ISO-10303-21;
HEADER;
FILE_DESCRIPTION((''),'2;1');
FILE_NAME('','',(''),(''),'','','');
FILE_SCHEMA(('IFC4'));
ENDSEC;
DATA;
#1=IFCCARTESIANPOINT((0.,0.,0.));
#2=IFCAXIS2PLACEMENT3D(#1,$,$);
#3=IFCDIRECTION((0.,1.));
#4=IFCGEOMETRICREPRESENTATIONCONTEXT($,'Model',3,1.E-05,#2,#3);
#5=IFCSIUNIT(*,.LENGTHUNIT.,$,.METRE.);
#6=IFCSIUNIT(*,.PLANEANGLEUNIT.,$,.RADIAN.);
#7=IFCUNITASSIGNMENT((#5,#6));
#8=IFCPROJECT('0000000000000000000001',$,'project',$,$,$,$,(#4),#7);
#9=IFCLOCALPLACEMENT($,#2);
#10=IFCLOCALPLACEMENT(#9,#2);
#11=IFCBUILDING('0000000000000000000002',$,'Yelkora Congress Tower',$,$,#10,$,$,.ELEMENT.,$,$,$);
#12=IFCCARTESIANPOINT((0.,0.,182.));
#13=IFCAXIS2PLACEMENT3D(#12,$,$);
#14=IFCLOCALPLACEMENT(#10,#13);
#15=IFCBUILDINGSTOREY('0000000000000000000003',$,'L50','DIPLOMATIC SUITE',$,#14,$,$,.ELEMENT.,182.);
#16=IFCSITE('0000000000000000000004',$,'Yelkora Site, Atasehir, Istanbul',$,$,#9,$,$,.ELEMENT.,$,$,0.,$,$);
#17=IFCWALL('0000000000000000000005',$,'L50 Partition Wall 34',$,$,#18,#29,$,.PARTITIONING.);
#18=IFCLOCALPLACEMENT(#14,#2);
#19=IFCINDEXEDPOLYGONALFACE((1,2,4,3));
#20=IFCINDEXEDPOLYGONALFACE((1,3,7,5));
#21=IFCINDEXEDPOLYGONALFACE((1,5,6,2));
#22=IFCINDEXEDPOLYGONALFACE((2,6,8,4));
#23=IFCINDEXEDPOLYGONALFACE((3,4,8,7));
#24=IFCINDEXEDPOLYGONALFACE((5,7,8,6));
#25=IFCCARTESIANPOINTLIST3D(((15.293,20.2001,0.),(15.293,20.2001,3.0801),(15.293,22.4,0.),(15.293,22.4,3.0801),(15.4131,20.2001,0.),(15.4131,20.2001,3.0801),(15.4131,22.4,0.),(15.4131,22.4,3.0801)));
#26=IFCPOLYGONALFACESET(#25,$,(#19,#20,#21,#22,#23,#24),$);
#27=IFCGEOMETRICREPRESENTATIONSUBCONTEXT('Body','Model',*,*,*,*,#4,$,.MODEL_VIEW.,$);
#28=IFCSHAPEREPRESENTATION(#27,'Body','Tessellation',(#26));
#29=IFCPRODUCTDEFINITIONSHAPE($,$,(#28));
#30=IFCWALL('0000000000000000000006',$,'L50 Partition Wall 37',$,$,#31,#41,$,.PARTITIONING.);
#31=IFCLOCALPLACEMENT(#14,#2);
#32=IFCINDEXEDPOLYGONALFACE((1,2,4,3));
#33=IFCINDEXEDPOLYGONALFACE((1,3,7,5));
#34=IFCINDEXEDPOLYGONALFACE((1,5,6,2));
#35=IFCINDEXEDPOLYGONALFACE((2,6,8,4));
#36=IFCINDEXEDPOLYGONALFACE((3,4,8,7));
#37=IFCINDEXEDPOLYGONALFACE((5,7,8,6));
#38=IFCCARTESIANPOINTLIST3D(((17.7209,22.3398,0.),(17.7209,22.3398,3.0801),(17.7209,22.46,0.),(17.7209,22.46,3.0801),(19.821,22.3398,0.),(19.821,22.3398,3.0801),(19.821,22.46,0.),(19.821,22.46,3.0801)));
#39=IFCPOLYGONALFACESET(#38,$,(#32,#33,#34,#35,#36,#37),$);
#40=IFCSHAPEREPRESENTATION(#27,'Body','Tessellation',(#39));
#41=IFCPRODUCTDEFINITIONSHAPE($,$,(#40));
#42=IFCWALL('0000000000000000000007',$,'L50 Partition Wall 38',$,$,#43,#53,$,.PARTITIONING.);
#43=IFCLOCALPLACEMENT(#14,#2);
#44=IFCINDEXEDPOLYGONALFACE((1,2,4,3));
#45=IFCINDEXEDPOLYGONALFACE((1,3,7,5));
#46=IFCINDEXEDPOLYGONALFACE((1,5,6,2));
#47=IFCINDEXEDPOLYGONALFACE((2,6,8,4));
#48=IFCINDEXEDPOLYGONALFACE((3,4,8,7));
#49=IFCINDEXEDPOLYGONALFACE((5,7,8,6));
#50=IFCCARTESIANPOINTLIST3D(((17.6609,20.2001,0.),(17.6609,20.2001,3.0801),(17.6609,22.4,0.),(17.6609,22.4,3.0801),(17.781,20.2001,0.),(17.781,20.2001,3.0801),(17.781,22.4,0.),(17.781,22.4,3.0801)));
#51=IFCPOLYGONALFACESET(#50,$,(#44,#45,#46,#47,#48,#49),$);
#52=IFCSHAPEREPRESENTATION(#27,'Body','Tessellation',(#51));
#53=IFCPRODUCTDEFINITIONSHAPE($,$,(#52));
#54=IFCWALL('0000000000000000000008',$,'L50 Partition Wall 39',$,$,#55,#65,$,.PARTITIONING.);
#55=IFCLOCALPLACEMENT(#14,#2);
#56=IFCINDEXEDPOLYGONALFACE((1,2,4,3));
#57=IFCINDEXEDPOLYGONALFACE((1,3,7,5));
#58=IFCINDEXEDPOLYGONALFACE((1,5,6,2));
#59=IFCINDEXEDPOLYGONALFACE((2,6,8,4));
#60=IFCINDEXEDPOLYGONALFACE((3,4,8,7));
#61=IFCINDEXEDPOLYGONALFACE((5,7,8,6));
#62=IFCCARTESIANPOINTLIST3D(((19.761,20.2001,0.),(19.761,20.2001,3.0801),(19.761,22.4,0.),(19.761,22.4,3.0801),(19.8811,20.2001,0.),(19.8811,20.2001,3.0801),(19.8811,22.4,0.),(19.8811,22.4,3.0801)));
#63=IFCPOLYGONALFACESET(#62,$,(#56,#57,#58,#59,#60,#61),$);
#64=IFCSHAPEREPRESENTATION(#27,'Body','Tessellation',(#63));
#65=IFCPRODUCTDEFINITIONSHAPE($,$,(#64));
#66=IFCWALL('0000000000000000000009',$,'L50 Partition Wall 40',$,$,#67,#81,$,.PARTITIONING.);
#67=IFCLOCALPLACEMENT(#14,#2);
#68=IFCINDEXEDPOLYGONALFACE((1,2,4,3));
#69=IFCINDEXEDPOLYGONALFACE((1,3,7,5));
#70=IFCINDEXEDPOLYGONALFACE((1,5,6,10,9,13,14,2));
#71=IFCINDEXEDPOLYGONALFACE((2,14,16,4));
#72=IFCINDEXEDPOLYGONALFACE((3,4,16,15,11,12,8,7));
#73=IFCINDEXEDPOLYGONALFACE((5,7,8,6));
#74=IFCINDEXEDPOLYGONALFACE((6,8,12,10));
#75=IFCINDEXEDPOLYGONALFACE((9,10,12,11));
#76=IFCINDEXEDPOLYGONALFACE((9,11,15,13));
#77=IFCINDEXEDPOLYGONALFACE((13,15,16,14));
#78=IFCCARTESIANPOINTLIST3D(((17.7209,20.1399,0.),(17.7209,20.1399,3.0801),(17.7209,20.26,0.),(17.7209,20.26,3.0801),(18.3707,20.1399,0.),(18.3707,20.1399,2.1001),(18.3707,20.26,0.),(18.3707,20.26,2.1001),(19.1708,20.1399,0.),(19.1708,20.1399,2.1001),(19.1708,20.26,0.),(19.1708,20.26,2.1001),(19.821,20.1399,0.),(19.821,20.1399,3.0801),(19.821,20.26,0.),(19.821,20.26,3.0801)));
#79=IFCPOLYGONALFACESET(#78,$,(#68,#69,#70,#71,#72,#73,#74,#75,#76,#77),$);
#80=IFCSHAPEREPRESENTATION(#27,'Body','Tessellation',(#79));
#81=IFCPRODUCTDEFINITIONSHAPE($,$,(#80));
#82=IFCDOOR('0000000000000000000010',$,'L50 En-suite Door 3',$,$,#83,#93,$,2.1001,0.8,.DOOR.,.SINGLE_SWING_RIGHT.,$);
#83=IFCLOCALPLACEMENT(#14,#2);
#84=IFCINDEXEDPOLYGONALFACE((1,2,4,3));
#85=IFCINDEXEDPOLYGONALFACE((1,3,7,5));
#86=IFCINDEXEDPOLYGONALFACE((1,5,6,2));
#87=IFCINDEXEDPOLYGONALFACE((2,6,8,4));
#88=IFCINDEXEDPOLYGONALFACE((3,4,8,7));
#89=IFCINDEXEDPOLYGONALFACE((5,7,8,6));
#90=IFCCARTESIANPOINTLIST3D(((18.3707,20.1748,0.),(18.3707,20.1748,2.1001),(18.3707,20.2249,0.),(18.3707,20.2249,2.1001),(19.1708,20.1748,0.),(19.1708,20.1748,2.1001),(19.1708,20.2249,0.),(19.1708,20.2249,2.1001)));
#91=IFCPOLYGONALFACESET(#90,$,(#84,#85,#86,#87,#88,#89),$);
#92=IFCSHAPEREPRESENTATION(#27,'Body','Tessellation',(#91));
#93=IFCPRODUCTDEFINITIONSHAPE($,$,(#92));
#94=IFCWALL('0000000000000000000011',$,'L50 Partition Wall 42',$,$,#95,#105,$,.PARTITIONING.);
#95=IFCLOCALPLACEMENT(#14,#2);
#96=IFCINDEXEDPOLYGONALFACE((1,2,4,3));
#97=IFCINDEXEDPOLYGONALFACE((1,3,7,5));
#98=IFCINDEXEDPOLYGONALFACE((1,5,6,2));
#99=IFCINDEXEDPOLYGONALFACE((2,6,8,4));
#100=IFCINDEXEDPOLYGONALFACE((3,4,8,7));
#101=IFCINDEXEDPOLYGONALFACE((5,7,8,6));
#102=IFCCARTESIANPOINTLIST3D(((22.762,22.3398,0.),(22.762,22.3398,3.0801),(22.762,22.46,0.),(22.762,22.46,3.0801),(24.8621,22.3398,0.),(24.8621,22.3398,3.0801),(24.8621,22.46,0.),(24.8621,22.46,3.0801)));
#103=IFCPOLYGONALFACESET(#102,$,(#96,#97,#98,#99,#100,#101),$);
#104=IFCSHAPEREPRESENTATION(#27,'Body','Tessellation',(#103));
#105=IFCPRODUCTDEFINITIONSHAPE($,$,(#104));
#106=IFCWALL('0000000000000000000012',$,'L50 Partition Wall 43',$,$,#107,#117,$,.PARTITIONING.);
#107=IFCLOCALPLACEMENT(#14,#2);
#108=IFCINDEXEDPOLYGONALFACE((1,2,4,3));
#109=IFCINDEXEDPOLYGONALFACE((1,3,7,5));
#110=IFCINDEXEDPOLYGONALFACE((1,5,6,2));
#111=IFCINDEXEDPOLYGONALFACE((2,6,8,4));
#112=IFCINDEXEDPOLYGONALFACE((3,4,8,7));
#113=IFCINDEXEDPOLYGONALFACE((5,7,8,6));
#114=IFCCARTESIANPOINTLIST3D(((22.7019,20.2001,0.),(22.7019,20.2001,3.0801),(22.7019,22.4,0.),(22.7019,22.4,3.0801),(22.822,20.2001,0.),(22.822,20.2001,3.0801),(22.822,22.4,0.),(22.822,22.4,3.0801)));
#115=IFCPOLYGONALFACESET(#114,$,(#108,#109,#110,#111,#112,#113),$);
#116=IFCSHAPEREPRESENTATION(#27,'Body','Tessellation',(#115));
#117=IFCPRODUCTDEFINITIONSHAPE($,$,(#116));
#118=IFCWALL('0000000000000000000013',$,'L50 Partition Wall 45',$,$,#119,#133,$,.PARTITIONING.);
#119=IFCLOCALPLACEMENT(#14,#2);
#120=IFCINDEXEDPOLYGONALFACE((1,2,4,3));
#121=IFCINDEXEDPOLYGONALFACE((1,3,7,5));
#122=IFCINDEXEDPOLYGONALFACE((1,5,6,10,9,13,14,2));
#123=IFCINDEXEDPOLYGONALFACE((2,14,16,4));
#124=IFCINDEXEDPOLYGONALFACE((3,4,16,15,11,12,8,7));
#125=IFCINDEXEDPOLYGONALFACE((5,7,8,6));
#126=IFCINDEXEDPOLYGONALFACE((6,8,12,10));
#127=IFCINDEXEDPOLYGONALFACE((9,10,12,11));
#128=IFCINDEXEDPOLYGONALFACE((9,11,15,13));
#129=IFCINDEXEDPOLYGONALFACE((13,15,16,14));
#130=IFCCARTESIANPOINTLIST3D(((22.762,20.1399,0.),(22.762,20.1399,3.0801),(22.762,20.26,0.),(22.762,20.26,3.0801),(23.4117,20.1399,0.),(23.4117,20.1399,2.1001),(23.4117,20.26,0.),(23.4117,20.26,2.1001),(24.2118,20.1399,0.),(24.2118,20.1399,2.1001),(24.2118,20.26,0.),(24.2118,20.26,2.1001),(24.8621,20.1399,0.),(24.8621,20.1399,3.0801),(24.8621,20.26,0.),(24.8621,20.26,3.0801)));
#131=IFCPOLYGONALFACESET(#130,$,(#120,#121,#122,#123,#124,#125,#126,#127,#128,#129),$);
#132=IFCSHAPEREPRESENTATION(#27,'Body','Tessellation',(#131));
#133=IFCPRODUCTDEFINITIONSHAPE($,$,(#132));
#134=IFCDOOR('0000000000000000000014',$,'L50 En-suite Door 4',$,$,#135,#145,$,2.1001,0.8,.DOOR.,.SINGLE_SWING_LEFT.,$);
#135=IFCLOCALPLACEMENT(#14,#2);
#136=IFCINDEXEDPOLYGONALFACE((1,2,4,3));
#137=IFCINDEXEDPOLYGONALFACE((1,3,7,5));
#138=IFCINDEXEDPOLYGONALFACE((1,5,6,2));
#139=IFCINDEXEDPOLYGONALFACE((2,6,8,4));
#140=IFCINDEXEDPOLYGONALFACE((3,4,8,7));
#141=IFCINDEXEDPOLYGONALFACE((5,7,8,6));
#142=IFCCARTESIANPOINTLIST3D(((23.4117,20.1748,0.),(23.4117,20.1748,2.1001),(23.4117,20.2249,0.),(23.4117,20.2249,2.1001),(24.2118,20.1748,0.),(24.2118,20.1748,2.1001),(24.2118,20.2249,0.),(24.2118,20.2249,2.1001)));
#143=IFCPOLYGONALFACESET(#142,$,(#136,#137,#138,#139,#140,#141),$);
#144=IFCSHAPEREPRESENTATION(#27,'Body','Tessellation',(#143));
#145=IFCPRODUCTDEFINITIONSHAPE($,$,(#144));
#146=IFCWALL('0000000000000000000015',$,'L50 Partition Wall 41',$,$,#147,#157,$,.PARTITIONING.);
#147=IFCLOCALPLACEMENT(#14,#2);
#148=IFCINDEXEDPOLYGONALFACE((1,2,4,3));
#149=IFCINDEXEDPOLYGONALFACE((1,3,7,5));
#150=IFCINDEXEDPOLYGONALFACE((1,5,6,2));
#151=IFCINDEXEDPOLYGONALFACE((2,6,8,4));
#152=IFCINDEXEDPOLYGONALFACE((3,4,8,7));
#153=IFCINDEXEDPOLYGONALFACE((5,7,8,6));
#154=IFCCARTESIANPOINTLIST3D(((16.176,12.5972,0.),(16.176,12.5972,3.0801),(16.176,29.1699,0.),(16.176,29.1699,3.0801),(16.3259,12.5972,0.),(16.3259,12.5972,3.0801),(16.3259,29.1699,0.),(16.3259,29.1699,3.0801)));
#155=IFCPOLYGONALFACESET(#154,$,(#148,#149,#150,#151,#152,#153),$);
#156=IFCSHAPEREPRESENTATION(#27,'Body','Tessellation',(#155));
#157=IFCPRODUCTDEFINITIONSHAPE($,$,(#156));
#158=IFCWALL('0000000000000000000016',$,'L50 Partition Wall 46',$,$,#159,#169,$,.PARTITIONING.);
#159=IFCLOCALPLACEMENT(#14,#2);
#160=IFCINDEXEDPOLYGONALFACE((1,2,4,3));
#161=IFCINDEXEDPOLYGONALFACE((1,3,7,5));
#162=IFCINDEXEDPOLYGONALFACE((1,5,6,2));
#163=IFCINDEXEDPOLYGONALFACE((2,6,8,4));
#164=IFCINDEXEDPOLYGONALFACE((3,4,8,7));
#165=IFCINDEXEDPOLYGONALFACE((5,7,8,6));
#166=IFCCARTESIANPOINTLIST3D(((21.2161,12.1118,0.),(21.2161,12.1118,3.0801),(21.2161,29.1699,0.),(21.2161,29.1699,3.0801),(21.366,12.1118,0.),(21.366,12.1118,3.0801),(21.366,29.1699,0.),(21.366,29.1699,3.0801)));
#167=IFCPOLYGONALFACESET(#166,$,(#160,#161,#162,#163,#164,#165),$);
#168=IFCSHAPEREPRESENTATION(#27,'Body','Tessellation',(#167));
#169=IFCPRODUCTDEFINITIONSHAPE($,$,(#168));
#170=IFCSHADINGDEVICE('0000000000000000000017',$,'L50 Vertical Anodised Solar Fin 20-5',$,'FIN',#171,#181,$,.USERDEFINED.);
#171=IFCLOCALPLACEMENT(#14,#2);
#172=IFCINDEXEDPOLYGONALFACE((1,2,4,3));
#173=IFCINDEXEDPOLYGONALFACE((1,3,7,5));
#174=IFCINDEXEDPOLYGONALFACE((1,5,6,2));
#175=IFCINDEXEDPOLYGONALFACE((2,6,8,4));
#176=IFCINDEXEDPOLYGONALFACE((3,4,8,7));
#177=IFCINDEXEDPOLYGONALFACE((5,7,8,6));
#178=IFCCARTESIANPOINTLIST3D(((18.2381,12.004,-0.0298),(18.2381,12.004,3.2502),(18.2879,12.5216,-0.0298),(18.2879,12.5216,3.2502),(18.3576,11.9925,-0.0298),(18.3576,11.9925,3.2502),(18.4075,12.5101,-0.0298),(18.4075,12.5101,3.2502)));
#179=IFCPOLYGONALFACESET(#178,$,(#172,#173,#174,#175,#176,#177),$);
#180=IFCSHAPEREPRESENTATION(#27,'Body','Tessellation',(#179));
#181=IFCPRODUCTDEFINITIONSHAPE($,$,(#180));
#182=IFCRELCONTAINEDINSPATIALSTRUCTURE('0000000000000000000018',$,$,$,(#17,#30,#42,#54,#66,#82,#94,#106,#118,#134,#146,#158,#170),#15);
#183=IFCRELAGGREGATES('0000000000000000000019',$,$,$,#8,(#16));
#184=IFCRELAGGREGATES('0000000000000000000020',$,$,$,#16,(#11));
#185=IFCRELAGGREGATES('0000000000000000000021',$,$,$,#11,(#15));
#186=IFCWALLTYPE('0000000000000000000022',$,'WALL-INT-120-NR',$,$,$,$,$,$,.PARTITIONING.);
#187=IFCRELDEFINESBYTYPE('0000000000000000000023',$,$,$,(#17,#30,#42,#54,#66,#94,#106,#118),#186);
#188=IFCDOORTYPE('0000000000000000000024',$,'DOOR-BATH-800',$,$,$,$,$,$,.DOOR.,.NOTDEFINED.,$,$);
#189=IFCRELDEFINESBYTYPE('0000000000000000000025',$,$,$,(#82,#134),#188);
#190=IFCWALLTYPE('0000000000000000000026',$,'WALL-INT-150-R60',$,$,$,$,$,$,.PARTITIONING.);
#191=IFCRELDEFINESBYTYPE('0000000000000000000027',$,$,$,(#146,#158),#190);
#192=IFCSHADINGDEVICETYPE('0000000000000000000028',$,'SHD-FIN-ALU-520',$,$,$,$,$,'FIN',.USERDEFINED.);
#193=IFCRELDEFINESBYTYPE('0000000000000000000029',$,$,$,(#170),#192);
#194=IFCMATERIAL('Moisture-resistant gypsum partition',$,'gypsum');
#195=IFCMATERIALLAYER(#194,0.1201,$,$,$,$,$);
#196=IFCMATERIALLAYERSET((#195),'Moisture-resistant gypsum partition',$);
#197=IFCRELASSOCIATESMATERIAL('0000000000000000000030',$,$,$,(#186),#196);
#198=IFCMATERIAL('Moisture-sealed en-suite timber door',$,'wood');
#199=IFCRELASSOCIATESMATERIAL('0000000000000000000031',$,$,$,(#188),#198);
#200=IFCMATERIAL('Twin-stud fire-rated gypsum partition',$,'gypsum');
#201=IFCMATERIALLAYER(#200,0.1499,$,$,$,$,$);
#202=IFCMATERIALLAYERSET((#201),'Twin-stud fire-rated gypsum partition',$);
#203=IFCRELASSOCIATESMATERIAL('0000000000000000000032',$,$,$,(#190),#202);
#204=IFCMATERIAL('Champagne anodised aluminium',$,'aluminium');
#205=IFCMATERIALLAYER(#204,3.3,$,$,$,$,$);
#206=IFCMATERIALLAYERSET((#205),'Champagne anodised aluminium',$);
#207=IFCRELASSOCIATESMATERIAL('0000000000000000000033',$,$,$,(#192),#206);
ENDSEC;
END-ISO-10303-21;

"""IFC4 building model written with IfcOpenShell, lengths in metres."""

from ifc_helpers import new_model, si_unit, direction, frame, frame_2d, origin, origin_2d, place, context, subcontext, project, spatial, rectangle, extrude, material, layer, layer_set, type_object, element, fill, save


model = new_model("IFC4")

# Units and contexts
model_context = context("Model", 3, precision=1e-05, world=origin(), true_north=direction((0.0, 1.0)))
body_context = subcontext(model_context, "Body", "Model", "MODEL_VIEW")
ifc_project = project(units=[si_unit("LENGTHUNIT", "METRE"), si_unit("PLANEANGLEUNIT", "RADIAN")], contexts=[model_context])

# Site, building, storey
site_placement = place(None, origin())
site = spatial("IfcSite", under=ifc_project, at=site_placement, Name="Yelkora Site, Atasehir, Istanbul", CompositionType="ELEMENT", RefElevation=0.0)
building_placement = place(site_placement, origin())
building = spatial("IfcBuilding", under=site, at=building_placement, Name="Yelkora Congress Tower", CompositionType="ELEMENT")
storey_placement = place(building_placement, frame((0.0, 0.0, 182.0)))
storey = spatial("IfcBuildingStorey", under=building, at=storey_placement, Name="L50", Description="DIPLOMATIC SUITE", CompositionType="ELEMENT", Elevation=182.0)

# Walls
ifc_material_1 = material(Name="Moisture-resistant gypsum partition", Category="gypsum")
ifc_layer_1 = layer(ifc_material_1, 0.1201)
ifc_layer_set_1 = layer_set([ifc_layer_1], Name="Moisture-resistant gypsum partition")
wall_type_1 = type_object("IfcWallType", Name="WALL-INT-120-NR", PredefinedType="PARTITIONING", material=ifc_layer_set_1)
wall_1_placement = place(storey_placement, frame((15.353, 20.2, 0.0), z_axis=(0.0, 0.0, 1.0), x_axis=(0.0, 1.0, 0.0)))
element("IfcWall", 1, at=wall_1_placement, inside=storey, type_object=wall_type_1, Name="L50 Partition Wall 34", PredefinedType="PARTITIONING", context=body_context, shape_type="SweptSolid", body=[
    extrude(rectangle(XDim=2.2, YDim=0.1201, at=frame_2d((1.1001, 0.0))), origin(), (0.0, 0.0, 1.0), 3.0801),
])
wall_2_placement = place(storey_placement, frame((17.7209, 22.3999, 0.0), z_axis=(0.0, 0.0, 1.0), x_axis=(1.0, 0.0, 0.0)))
element("IfcWall", 2, at=wall_2_placement, inside=storey, type_object=wall_type_1, Name="L50 Partition Wall 37", PredefinedType="PARTITIONING", context=body_context, shape_type="SweptSolid", body=[
    extrude(rectangle(XDim=2.1001, YDim=0.1201, at=frame_2d((1.05, 0.0))), origin(), (0.0, 0.0, 1.0), 3.0801),
])
for number, where, z_axis, x_axis, name in (
    (3, (17.7209, 20.2, 0.0), (0.0, 0.0, 1.0), (0.0, 1.0, 0.0), "L50 Partition Wall 38"),
    (4, (19.821, 20.2, 0.0), (0.0, 0.0, 1.0), (0.0, 1.0, 0.0), "L50 Partition Wall 39"),
):
    element("IfcWall", number, at=place(storey_placement, frame(where, z_axis=z_axis, x_axis=x_axis)), inside=storey, type_object=wall_type_1, Name=name, PredefinedType="PARTITIONING", context=body_context, shape_type="SweptSolid", body=[
        extrude(rectangle(XDim=2.2, YDim=0.1201, at=frame_2d((1.1001, 0.0))), origin(), (0.0, 0.0, 1.0), 3.0801),
    ])

# Wall, opening, door
wall_3_placement = place(storey_placement, frame((17.7209, 20.2, 0.0), z_axis=(0.0, 0.0, 1.0), x_axis=(1.0, 0.0, 0.0)))
wall_3 = element("IfcWall", 5, at=wall_3_placement, inside=storey, type_object=wall_type_1, Name="L50 Partition Wall 40", PredefinedType="PARTITIONING", context=body_context, shape_type="SweptSolid", body=[
    extrude(rectangle(XDim=2.1001, YDim=0.1201, at=frame_2d((1.05, 0.0))), origin(), (0.0, 0.0, 1.0), 3.0801),
])
opening_1_placement = place(wall_3_placement, frame((0.6499, 0.0, 0.0)))
opening_1 = element("IfcOpeningElement", 6, at=opening_1_placement, cuts=wall_3, PredefinedType="OPENING", context=body_context, shape_type="SweptSolid", body=[
    extrude(rectangle(XDim=0.8, YDim=2.1001, at=frame_2d((0.3999, 1.05))), frame((0.0, 0.0701, 0.0), z_axis=(0.0, -1.0, 0.0), x_axis=(1.0, 0.0, 0.0)), (0.0, 0.0, 1.0), 0.1401),
])
ifc_material_2 = material(Name="Moisture-sealed en-suite timber door", Category="wood")
door_type = type_object("IfcDoorType", Name="DOOR-BATH-800", OperationType="NOTDEFINED", PredefinedType="DOOR", material=ifc_material_2)
door_1_placement = place(opening_1_placement, origin())
door_1 = element("IfcDoor", 7, at=door_1_placement, inside=storey, type_object=door_type, Name="L50 En-suite Door 3", OperationType="SINGLE_SWING_RIGHT", OverallHeight=2.1001, OverallWidth=0.8, PredefinedType="DOOR", context=body_context, shape_type="SweptSolid", body=[
    extrude(rectangle(XDim=0.8, YDim=2.1001, at=frame_2d((0.3999, 1.05))), frame((0.0, 0.0249, 0.0), z_axis=(0.0, -1.0, 0.0), x_axis=(1.0, 0.0, 0.0)), (0.0, 0.0, 1.0), 0.05),
])
fill(opening_1, door_1)

# Walls
wall_4_placement = place(storey_placement, frame((22.762, 22.3999, 0.0), z_axis=(0.0, 0.0, 1.0), x_axis=(1.0, 0.0, 0.0)))
element("IfcWall", 8, at=wall_4_placement, inside=storey, type_object=wall_type_1, Name="L50 Partition Wall 42", PredefinedType="PARTITIONING", context=body_context, shape_type="SweptSolid", body=[
    extrude(rectangle(XDim=2.1001, YDim=0.1201, at=frame_2d((1.05, 0.0))), origin(), (0.0, 0.0, 1.0), 3.0801),
])
wall_5_placement = place(storey_placement, frame((22.762, 20.2, 0.0), z_axis=(0.0, 0.0, 1.0), x_axis=(0.0, 1.0, 0.0)))
element("IfcWall", 9, at=wall_5_placement, inside=storey, type_object=wall_type_1, Name="L50 Partition Wall 43", PredefinedType="PARTITIONING", context=body_context, shape_type="SweptSolid", body=[
    extrude(rectangle(XDim=2.2, YDim=0.1201, at=frame_2d((1.1001, 0.0))), origin(), (0.0, 0.0, 1.0), 3.0801),
])

# Wall, opening, door
wall_6_placement = place(storey_placement, frame((22.762, 20.2, 0.0), z_axis=(0.0, 0.0, 1.0), x_axis=(1.0, 0.0, 0.0)))
wall_6 = element("IfcWall", 10, at=wall_6_placement, inside=storey, type_object=wall_type_1, Name="L50 Partition Wall 45", PredefinedType="PARTITIONING", context=body_context, shape_type="SweptSolid", body=[
    extrude(rectangle(XDim=2.1001, YDim=0.1201, at=frame_2d((1.05, 0.0))), origin(), (0.0, 0.0, 1.0), 3.0801),
])
opening_2_placement = place(wall_6_placement, frame((0.6499, 0.0, 0.0)))
opening_2 = element("IfcOpeningElement", 11, at=opening_2_placement, cuts=wall_6, PredefinedType="OPENING", context=body_context, shape_type="SweptSolid", body=[
    extrude(rectangle(XDim=0.8, YDim=2.1001, at=frame_2d((0.3999, 1.05))), frame((0.0, 0.0701, 0.0), z_axis=(0.0, -1.0, 0.0), x_axis=(1.0, 0.0, 0.0)), (0.0, 0.0, 1.0), 0.1401),
])
door_2_placement = place(opening_2_placement, origin())
door_2 = element("IfcDoor", 12, at=door_2_placement, inside=storey, type_object=door_type, Name="L50 En-suite Door 4", OperationType="SINGLE_SWING_LEFT", OverallHeight=2.1001, OverallWidth=0.8, PredefinedType="DOOR", context=body_context, shape_type="SweptSolid", body=[
    extrude(rectangle(XDim=0.8, YDim=2.1001, at=frame_2d((0.3999, 1.05))), frame((0.0, 0.0249, 0.0), z_axis=(0.0, -1.0, 0.0), x_axis=(1.0, 0.0, 0.0)), (0.0, 0.0, 1.0), 0.05),
])
fill(opening_2, door_2)

# Walls
ifc_material_3 = material(Name="Twin-stud fire-rated gypsum partition", Category="gypsum")
ifc_layer_2 = layer(ifc_material_3, 0.1499)
ifc_layer_set_2 = layer_set([ifc_layer_2], Name="Twin-stud fire-rated gypsum partition")
wall_type_2 = type_object("IfcWallType", Name="WALL-INT-150-R60", PredefinedType="PARTITIONING", material=ifc_layer_set_2)
wall_7_placement = place(storey_placement, frame((16.251, 12.5972, 0.0), z_axis=(0.0, 0.0, 1.0), x_axis=(0.0, 1.0, 0.0)))
element("IfcWall", 13, at=wall_7_placement, inside=storey, type_object=wall_type_2, Name="L50 Partition Wall 41", PredefinedType="PARTITIONING", context=body_context, shape_type="SweptSolid", body=[
    extrude(rectangle(XDim=16.5728, YDim=0.1499, at=frame_2d((8.2864, 0.0))), origin(), (0.0, 0.0, 1.0), 3.0801),
])
wall_8_placement = place(storey_placement, frame((21.291, 12.1118, 0.0), z_axis=(0.0, 0.0, 1.0), x_axis=(0.0, 1.0, 0.0)))
element("IfcWall", 14, at=wall_8_placement, inside=storey, type_object=wall_type_2, Name="L50 Partition Wall 46", PredefinedType="PARTITIONING", context=body_context, shape_type="SweptSolid", body=[
    extrude(rectangle(XDim=17.0581, YDim=0.1499, at=frame_2d((8.5291, 0.0))), origin(), (0.0, 0.0, 1.0), 3.0801),
])

# Shading device
ifc_material_4 = material(Name="Champagne anodised aluminium", Category="aluminium")
ifc_layer_3 = layer(ifc_material_4, 3.3)
ifc_layer_set_3 = layer_set([ifc_layer_3], Name="Champagne anodised aluminium")
shading_device_type = type_object("IfcShadingDeviceType", Name="SHD-FIN-ALU-520", ElementType="FIN", PredefinedType="USERDEFINED", material=ifc_layer_set_3)
shading_device_placement = place(storey_placement, frame((18.3228, 12.2571, -0.0298), z_axis=(0.0, 0.0, 1.0), x_axis=(-0.995396, 0.095846, 0.0)))
element("IfcShadingDevice", 15, at=shading_device_placement, inside=storey, type_object=shading_device_type, Name="L50 Vertical Anodised Solar Fin 20-5", ObjectType="FIN", PredefinedType="USERDEFINED", context=body_context, shape_type="SweptSolid", body=[
    extrude(rectangle(XDim=0.1201, YDim=0.52, at=origin_2d()), origin(), (0.0, 0.0, 1.0), 3.28),
])

save(model, "model.ifc")
